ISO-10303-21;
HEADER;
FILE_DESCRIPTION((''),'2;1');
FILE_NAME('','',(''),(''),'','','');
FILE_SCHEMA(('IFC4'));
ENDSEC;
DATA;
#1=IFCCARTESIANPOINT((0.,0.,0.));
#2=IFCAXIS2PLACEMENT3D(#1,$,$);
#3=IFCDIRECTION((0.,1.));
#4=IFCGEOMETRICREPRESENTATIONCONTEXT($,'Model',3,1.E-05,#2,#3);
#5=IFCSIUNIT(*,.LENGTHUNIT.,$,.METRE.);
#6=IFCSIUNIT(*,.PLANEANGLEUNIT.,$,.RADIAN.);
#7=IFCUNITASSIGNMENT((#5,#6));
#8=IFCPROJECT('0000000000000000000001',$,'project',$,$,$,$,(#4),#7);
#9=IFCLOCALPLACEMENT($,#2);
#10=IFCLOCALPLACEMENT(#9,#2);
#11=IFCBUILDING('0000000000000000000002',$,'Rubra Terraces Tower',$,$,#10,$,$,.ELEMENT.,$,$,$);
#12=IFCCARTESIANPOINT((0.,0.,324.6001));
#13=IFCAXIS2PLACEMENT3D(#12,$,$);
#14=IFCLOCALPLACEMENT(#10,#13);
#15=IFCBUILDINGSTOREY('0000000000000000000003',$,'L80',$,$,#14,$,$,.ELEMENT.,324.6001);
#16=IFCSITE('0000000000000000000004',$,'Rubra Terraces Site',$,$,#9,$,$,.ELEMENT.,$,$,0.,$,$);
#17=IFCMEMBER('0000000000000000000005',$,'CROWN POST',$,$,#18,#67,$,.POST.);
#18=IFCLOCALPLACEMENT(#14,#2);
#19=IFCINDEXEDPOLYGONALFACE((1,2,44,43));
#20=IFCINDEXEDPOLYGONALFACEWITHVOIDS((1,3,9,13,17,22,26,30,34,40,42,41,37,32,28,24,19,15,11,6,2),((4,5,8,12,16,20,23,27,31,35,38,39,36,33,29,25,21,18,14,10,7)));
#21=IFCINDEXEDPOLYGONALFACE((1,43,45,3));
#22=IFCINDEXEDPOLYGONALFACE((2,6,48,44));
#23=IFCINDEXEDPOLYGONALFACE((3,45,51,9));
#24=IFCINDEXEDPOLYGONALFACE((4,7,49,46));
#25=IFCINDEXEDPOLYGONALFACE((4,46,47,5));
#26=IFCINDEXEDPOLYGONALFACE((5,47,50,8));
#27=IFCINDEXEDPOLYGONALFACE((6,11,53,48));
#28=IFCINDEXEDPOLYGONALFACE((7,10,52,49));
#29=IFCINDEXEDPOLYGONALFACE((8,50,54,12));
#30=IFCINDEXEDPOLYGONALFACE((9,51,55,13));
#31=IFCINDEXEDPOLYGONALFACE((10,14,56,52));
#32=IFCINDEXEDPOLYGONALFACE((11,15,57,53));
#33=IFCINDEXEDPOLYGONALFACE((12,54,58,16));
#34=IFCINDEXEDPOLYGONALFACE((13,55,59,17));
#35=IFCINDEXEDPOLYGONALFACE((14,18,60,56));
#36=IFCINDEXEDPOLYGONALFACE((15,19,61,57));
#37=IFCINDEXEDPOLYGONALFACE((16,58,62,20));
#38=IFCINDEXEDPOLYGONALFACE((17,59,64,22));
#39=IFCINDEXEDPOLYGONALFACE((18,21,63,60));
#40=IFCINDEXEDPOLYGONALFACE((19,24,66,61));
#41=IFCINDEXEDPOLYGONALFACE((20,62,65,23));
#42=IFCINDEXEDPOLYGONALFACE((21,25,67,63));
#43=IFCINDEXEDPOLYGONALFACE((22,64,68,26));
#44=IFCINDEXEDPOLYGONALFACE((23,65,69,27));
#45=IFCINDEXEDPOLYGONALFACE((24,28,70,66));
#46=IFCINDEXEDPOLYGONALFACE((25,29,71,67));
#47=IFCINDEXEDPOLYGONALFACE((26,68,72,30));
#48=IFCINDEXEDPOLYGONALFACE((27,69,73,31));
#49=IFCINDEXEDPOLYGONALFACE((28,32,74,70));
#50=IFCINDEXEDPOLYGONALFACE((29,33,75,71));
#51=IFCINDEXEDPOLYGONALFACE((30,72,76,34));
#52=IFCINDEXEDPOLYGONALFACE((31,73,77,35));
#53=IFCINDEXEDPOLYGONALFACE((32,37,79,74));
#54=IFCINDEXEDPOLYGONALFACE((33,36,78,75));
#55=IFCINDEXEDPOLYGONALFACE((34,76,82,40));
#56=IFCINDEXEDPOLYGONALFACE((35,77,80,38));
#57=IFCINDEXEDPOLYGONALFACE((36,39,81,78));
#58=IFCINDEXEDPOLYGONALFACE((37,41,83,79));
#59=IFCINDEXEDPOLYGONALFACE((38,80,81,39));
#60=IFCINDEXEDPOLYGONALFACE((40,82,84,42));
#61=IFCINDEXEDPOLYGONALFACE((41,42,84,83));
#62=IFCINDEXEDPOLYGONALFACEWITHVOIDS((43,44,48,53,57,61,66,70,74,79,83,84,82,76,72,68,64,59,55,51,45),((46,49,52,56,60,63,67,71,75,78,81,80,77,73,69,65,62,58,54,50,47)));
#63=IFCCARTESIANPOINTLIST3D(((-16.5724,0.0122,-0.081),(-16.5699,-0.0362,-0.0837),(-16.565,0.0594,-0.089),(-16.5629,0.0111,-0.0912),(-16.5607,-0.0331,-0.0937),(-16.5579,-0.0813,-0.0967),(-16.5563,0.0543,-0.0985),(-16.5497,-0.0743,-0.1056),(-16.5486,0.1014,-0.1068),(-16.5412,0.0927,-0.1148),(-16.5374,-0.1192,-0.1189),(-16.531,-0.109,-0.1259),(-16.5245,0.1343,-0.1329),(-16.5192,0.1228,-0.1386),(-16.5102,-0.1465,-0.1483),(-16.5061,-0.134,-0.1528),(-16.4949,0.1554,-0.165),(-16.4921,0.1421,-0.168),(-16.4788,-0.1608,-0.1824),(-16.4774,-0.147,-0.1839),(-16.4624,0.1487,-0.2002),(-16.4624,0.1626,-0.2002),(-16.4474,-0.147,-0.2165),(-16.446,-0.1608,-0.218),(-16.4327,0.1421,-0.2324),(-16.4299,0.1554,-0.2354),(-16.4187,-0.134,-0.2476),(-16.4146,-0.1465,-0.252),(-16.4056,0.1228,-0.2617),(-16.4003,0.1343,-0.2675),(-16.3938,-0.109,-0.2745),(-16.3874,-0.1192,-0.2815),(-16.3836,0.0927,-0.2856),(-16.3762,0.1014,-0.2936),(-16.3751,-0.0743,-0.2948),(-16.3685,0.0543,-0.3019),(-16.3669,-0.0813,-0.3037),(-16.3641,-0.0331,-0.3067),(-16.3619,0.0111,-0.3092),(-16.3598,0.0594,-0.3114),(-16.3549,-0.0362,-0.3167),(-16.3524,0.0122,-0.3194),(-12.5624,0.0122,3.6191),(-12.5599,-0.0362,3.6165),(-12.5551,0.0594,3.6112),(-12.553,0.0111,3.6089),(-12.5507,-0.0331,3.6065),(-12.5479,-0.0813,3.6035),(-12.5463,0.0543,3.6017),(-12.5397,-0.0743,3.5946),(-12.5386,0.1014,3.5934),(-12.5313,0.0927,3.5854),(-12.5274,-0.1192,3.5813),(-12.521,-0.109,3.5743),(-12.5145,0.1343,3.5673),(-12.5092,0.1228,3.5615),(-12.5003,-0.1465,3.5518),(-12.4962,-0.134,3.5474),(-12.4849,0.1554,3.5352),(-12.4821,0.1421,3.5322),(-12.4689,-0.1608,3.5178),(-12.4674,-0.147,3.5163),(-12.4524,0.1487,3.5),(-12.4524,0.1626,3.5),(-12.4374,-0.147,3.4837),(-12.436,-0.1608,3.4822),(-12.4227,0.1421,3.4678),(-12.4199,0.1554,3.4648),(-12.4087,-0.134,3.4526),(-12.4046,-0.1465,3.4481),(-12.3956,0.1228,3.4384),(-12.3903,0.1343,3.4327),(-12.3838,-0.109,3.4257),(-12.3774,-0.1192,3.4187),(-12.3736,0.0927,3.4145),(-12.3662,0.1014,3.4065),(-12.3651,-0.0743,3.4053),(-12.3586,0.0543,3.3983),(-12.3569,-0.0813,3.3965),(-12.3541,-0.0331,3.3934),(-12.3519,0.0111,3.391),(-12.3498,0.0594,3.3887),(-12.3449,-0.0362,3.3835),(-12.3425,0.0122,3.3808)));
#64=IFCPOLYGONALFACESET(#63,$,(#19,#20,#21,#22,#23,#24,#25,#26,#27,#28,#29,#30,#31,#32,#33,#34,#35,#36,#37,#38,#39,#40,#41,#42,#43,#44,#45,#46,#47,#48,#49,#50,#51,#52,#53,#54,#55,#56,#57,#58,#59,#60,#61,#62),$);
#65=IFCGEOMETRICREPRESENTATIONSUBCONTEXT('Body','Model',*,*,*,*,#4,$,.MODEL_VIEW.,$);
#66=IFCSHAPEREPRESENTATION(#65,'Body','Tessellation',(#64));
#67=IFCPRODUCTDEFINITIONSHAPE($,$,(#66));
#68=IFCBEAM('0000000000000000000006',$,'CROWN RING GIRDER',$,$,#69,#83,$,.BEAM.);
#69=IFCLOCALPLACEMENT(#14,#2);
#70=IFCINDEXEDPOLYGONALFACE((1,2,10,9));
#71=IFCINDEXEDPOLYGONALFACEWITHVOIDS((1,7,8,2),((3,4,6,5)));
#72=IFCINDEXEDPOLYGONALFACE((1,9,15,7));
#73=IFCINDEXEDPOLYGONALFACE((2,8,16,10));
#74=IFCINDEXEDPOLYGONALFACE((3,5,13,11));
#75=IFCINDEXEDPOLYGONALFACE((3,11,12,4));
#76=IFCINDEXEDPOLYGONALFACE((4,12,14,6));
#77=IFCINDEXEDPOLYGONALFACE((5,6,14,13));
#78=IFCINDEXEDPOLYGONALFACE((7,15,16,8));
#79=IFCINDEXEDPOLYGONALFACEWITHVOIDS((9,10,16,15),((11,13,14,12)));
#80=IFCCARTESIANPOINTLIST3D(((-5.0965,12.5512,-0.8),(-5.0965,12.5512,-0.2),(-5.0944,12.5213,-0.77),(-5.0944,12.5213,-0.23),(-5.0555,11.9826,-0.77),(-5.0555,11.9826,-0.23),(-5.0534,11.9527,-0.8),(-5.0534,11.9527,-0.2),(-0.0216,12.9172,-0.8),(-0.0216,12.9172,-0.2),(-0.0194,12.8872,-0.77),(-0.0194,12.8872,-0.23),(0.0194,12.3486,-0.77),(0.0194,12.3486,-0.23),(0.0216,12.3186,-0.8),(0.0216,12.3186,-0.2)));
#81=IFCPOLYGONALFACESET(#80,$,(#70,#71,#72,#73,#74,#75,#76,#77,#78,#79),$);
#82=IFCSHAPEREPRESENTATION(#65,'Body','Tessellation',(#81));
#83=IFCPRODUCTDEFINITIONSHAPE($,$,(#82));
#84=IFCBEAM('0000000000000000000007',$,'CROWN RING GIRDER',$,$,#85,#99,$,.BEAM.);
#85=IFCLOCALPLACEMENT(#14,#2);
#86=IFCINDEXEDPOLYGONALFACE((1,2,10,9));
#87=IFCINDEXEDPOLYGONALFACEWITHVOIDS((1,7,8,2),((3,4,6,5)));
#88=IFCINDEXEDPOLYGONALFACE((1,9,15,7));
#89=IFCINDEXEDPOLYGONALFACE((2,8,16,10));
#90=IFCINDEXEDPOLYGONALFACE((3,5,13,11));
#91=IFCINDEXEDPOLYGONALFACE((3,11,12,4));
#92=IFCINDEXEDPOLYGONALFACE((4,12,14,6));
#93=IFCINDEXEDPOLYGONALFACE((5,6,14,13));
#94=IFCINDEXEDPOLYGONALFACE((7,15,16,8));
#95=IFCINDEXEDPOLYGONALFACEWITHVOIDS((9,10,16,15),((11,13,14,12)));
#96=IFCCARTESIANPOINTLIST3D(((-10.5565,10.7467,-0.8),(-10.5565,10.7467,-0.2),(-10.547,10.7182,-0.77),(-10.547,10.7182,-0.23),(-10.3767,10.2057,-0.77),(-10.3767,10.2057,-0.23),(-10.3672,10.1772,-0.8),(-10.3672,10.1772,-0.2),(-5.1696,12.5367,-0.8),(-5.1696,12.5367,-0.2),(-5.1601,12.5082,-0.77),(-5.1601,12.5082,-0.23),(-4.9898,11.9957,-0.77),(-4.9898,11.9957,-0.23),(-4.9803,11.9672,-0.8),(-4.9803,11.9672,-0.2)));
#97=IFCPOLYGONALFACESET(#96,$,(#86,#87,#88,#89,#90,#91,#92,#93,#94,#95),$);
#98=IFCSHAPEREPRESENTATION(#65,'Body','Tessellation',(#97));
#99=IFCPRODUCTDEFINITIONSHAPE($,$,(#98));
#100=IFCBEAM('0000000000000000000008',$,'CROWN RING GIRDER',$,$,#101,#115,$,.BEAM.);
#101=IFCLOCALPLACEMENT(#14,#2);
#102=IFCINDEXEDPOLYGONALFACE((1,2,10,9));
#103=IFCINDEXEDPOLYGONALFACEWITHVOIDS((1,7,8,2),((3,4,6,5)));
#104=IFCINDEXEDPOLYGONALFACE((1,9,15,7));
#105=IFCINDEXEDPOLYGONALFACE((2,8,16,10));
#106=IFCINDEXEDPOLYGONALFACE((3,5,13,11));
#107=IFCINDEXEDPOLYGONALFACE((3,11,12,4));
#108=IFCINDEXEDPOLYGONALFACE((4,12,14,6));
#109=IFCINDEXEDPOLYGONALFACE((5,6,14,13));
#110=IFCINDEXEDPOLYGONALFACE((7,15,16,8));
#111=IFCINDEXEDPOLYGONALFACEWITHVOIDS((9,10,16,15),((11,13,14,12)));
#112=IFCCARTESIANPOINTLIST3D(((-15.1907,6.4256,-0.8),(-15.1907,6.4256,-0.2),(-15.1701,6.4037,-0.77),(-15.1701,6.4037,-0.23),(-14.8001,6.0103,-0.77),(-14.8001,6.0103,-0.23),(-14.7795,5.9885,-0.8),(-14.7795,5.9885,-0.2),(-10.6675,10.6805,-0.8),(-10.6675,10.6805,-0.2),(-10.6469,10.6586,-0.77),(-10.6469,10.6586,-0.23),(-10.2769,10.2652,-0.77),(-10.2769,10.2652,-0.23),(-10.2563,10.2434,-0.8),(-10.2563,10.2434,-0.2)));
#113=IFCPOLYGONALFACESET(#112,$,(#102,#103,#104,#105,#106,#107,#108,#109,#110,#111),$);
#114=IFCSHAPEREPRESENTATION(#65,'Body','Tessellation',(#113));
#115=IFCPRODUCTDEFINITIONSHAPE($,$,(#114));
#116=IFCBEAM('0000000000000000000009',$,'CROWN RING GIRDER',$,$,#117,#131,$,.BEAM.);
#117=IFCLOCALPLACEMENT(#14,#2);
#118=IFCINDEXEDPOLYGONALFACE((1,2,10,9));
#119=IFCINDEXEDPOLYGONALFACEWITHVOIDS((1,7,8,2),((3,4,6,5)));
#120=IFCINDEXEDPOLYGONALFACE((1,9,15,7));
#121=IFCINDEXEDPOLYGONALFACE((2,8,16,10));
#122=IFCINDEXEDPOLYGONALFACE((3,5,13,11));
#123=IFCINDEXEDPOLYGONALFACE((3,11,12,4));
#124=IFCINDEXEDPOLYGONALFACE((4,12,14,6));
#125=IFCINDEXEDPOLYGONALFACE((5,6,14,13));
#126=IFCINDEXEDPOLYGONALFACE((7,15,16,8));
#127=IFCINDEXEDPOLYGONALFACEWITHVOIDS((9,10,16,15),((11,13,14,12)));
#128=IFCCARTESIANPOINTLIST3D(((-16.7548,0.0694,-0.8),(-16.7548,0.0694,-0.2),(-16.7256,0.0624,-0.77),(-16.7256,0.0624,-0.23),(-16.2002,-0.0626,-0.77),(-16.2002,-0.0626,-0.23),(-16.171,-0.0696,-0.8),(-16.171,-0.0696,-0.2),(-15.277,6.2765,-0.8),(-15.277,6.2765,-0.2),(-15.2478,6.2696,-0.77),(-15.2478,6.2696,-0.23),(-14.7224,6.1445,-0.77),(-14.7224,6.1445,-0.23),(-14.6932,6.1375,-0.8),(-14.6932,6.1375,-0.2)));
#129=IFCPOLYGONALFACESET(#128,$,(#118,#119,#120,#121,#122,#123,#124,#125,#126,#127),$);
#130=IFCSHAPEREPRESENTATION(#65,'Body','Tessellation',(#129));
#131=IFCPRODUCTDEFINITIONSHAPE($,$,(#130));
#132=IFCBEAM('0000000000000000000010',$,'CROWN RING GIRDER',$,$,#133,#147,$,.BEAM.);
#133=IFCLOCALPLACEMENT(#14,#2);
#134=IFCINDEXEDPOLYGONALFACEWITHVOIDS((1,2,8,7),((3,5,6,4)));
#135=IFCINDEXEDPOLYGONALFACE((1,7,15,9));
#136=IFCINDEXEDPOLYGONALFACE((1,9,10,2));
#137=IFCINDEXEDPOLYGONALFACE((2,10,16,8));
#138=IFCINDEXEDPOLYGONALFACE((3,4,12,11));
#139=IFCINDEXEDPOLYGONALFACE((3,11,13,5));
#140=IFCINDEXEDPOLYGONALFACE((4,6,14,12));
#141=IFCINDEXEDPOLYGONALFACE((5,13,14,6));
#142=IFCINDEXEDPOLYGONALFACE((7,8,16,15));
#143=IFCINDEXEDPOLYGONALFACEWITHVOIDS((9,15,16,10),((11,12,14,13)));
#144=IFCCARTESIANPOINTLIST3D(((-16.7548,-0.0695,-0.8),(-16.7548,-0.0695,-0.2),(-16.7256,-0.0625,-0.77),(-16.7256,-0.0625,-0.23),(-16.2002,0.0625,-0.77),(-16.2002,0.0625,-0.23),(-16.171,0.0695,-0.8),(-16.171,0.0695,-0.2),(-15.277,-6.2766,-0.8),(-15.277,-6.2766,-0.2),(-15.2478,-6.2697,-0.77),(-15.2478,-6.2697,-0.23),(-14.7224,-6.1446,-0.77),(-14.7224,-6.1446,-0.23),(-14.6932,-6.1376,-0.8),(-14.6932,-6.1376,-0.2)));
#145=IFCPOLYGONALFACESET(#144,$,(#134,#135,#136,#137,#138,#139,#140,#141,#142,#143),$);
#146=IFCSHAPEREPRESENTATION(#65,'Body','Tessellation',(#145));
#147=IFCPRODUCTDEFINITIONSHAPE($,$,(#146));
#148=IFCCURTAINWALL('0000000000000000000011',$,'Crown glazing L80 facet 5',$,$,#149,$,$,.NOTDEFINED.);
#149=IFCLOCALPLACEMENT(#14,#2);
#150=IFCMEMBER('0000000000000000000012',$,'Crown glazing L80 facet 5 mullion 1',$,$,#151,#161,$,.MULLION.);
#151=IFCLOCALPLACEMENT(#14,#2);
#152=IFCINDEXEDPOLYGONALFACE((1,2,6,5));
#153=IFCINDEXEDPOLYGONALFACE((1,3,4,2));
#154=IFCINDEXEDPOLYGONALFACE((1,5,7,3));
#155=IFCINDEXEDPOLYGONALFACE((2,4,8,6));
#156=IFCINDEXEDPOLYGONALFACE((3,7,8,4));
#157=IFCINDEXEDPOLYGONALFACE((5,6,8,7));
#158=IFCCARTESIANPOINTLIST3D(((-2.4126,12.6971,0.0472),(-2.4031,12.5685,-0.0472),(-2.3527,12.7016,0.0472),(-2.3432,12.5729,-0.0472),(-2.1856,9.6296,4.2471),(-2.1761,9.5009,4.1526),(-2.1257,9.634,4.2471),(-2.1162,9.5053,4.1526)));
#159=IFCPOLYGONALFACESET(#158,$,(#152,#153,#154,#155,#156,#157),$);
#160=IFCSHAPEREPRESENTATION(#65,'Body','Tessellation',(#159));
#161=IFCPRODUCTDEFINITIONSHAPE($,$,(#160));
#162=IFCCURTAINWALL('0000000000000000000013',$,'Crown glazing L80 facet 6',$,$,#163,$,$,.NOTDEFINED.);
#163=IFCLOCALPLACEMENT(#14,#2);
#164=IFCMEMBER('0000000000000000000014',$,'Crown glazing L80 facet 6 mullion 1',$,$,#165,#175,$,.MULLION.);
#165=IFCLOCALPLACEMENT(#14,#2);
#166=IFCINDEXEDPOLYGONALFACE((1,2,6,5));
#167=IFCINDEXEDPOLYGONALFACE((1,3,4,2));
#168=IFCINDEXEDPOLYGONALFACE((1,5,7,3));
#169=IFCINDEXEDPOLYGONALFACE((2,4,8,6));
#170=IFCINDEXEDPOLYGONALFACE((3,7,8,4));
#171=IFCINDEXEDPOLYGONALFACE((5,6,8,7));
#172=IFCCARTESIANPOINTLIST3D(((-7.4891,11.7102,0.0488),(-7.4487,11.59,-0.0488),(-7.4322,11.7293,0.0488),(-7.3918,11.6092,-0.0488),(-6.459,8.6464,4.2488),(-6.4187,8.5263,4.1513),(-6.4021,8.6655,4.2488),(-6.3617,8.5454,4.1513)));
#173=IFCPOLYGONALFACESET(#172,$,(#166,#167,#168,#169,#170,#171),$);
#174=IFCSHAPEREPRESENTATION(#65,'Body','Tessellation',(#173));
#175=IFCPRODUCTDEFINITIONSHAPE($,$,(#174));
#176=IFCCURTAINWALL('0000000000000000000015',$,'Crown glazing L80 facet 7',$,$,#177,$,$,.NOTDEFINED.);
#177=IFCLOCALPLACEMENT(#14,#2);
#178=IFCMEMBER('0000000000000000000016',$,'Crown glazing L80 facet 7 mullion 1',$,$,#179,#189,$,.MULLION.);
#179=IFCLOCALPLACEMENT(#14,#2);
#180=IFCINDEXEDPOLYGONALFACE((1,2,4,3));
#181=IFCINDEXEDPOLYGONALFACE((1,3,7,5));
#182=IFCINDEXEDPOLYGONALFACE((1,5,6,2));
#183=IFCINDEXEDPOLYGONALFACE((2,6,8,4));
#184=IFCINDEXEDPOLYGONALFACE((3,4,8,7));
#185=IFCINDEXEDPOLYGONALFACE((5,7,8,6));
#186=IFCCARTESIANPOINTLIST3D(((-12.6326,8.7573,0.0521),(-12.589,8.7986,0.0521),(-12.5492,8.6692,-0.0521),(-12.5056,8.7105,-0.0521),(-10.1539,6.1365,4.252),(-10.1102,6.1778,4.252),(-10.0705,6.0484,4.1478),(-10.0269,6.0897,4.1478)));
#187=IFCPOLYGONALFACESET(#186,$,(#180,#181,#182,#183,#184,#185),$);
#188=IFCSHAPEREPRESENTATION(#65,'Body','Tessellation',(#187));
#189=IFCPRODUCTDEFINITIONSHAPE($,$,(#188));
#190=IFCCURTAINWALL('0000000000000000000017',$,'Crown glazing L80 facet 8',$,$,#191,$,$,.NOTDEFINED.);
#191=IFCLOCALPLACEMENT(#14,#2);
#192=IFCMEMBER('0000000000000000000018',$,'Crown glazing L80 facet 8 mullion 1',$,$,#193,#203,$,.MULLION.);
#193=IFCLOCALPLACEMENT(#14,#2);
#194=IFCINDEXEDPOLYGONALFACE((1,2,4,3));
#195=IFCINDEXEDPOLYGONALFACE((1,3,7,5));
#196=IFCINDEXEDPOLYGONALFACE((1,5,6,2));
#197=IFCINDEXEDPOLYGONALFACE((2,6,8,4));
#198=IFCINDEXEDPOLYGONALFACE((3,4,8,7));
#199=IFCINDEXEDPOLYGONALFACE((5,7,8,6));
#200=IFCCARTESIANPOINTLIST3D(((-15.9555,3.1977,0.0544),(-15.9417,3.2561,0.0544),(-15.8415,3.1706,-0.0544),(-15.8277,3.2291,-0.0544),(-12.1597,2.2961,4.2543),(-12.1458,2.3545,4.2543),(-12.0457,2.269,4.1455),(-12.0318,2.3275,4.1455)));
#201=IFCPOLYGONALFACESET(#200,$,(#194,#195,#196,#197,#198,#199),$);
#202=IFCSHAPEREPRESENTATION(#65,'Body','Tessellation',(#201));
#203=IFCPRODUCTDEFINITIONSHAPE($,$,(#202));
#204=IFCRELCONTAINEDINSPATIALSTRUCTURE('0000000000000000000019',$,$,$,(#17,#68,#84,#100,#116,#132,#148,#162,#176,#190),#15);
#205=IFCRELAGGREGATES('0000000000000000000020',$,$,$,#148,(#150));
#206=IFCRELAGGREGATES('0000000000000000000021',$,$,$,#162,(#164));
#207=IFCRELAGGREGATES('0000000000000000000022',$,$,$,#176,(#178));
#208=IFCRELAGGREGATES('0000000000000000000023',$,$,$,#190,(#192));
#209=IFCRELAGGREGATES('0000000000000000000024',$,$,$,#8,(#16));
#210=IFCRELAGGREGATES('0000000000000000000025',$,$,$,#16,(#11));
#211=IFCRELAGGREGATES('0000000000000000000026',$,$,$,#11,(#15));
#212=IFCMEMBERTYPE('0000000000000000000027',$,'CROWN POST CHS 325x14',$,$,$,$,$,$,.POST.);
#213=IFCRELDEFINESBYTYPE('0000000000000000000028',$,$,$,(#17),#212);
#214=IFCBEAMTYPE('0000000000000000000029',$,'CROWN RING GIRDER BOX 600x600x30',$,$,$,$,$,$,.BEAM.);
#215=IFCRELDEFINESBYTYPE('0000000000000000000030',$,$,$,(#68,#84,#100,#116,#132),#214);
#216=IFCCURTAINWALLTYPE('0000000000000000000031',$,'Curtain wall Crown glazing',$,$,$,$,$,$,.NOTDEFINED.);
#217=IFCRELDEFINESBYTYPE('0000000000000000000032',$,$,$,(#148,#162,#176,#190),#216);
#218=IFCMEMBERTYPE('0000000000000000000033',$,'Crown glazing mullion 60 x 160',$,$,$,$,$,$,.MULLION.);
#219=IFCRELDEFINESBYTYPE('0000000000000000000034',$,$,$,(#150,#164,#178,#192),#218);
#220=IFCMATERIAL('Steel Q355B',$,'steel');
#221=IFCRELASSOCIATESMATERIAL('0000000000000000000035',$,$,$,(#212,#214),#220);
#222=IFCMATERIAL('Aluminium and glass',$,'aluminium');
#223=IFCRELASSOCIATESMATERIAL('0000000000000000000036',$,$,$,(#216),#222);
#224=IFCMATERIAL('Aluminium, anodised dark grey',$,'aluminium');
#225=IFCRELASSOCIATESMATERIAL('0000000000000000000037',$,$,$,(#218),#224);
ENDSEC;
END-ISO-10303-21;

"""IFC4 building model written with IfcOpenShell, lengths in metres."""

from ifc_helpers import new_model, si_unit, direction, frame, origin, origin_2d, place, context, subcontext, project, spatial, rectangle, hollow_rectangle, hollow_circle, extrude, material, material_profile, profile_set, type_object, element, aggregate, save


model = new_model("IFC4")

# Units and contexts
model_context = context("Model", 3, precision=1e-05, world=origin(), true_north=direction((0.0, 1.0)))
body_context = subcontext(model_context, "Body", "Model", "MODEL_VIEW")
ifc_project = project(units=[si_unit("LENGTHUNIT", "METRE"), si_unit("PLANEANGLEUNIT", "RADIAN")], contexts=[model_context])

# Site, building, storey
site_placement = place(None, origin())
site = spatial("IfcSite", under=ifc_project, at=site_placement, Name="Rubra Terraces Site", CompositionType="ELEMENT", RefElevation=0.0)
building_placement = place(site_placement, origin())
building = spatial("IfcBuilding", under=site, at=building_placement, Name="Rubra Terraces Tower", CompositionType="ELEMENT")
storey_placement = place(building_placement, frame((0.0, 0.0, 324.6001)))
storey = spatial("IfcBuildingStorey", under=building, at=storey_placement, Name="L80", CompositionType="ELEMENT", Elevation=324.6001)

# Member
ifc_material_1 = material(Name="Steel Q355B", Category="steel")
ifc_material_profile_1 = material_profile(ifc_material_1, hollow_circle(Radius=0.1626, WallThickness=0.0139, at=origin_2d()), Name="CHS 325x14")
ifc_profile_set_1 = profile_set([ifc_material_profile_1], Name="Steel Q355B")
member_type_1 = type_object("IfcMemberType", Name="CROWN POST CHS 325x14", PredefinedType="POST", material=ifc_profile_set_1)
member_1_placement = place(storey_placement, frame((-16.4624, 0.0, -0.2002), z_axis=(0.734927, 0.0, 0.678146), x_axis=(0.0, 1.0, 0.0)))
element("IfcMember", 1, at=member_1_placement, inside=storey, type_object=member_type_1, Name="CROWN POST", PredefinedType="POST", context=body_context, shape_type="SweptSolid", body=[
    extrude(hollow_circle(Radius=0.1626, WallThickness=0.0139, at=origin_2d()), origin(), (0.0, 0.0, 1.0), 5.4563),
])

# Beams
ifc_material_profile_2 = material_profile(ifc_material_1, hollow_rectangle(XDim=0.6001, YDim=0.6001, WallThickness=0.03, at=origin_2d()), Name="BOX 600x600x30")
ifc_profile_set_2 = profile_set([ifc_material_profile_2], Name="Steel Q355B")
beam_type_1 = type_object("IfcBeamType", Name="CROWN RING GIRDER BOX 600x600x30", PredefinedType="BEAM", material=ifc_profile_set_2)
beam_1_placement = place(storey_placement, frame((0.0, 12.6179, -0.5), z_axis=(-0.99741, -0.071926, 0.0), x_axis=(0.071926, -0.99741, 0.0)))
element("IfcBeam", 2, at=beam_1_placement, inside=storey, type_object=beam_type_1, Name="CROWN RING GIRDER", PredefinedType="BEAM", context=body_context, shape_type="SweptSolid", body=[
    extrude(hollow_rectangle(XDim=0.6001, YDim=0.6001, WallThickness=0.03, at=origin_2d()), origin(), (0.0, 0.0, 1.0), 5.0881),
])
beam_2_placement = place(storey_placement, frame((-5.075, 12.252, -0.5), z_axis=(-0.94898, -0.315337, 0.0), x_axis=(0.315337, -0.94898, 0.0)))
element("IfcBeam", 3, at=beam_2_placement, inside=storey, type_object=beam_type_1, Name="CROWN RING GIRDER", PredefinedType="BEAM", context=body_context, shape_type="SweptSolid", body=[
    extrude(hollow_rectangle(XDim=0.6001, YDim=0.6001, WallThickness=0.03, at=origin_2d()), origin(), (0.0, 0.0, 1.0), 5.6765),
])
beam_3_placement = place(storey_placement, frame((-10.4619, 10.4619, -0.5), z_axis=(-0.72838, -0.685173, 0.0), x_axis=(0.685173, -0.72838, 0.0)))
element("IfcBeam", 4, at=beam_3_placement, inside=storey, type_object=beam_type_1, Name="CROWN RING GIRDER", PredefinedType="BEAM", context=body_context, shape_type="SweptSolid", body=[
    extrude(hollow_rectangle(XDim=0.6001, YDim=0.6001, WallThickness=0.03, at=origin_2d()), origin(), (0.0, 0.0, 1.0), 6.21),
])
for number, where, z_axis, x_axis, name in (
    (5, (-14.9851, 6.207, -0.5), (-0.231608, -0.972809, 0.0), (0.972809, -0.231608, 0.0), "CROWN RING GIRDER"),
    (6, (-16.4629, 0.0, -0.5), (0.231608, -0.972809, 0.0), (0.972809, 0.231608, 0.0), "CROWN RING GIRDER"),
):
    element("IfcBeam", number, at=place(storey_placement, frame(where, z_axis=z_axis, x_axis=x_axis)), inside=storey, type_object=beam_type_1, Name=name, PredefinedType="BEAM", context=body_context, shape_type="SweptSolid", body=[
        extrude(hollow_rectangle(XDim=0.6001, YDim=0.6001, WallThickness=0.03, at=origin_2d()), origin(), (0.0, 0.0, 1.0), 6.3806),
    ])

# Curtain walls, members
ifc_material_2 = material(Name="Aluminium and glass", Category="aluminium")
curtain_wall_type = type_object("IfcCurtainWallType", Name="Curtain wall Crown glazing", PredefinedType="NOTDEFINED", material=ifc_material_2)
curtain_wall_1_placement = place(storey_placement, origin())
curtain_wall_1 = element("IfcCurtainWall", 7, at=curtain_wall_1_placement, inside=storey, type_object=curtain_wall_type, Name="Crown glazing L80 facet 5", PredefinedType="NOTDEFINED")
ifc_material_3 = material(Name="Aluminium, anodised dark grey", Category="aluminium")
ifc_material_profile_3 = material_profile(ifc_material_3, rectangle(XDim=0.0601, YDim=0.1599, at=origin_2d()), Name="AL 60x160")
ifc_profile_set_3 = profile_set([ifc_material_profile_3], Name="Aluminium, anodised dark grey")
member_type_2 = type_object("IfcMemberType", Name="Crown glazing mullion 60 x 160", PredefinedType="MULLION", material=ifc_profile_set_3)
member_2_placement = place(storey_placement, frame((-2.3779, 12.635, 0.0), z_axis=(0.043614, -0.589259, 0.806766), x_axis=(0.997272, 0.073813, 0.0)))
member_2 = element("IfcMember", 8, at=member_2_placement, type_object=member_type_2, Name="Crown glazing L80 facet 5 mullion 1", PredefinedType="MULLION", context=body_context, shape_type="SweptSolid", body=[
    extrude(rectangle(XDim=0.0601, YDim=0.1599, at=origin_2d()), origin(), (0.0, 0.0, 1.0), 5.2058),
])
curtain_wall_2_placement = place(storey_placement, origin())
curtain_wall_2 = element("IfcCurtainWall", 9, at=curtain_wall_2_placement, inside=storey, type_object=curtain_wall_type, Name="Crown glazing L80 facet 6", PredefinedType="NOTDEFINED")
member_3_placement = place(storey_placement, frame((-7.4404, 11.6597, 0.0), z_axis=(0.194356, -0.578092, 0.792487), x_axis=(0.947864, 0.318674, 0.0)))
member_3 = element("IfcMember", 10, at=member_3_placement, type_object=member_type_2, Name="Crown glazing L80 facet 6 mullion 1", PredefinedType="MULLION", context=body_context, shape_type="SweptSolid", body=[
    extrude(rectangle(XDim=0.0601, YDim=0.1599, at=origin_2d()), origin(), (0.0, 0.0, 1.0), 5.2998),
])
curtain_wall_3_placement = place(storey_placement, origin())
curtain_wall_3 = element("IfcCurtainWall", 11, at=curtain_wall_3_placement, inside=storey, type_object=curtain_wall_type, Name="Crown glazing L80 facet 7", PredefinedType="NOTDEFINED")
member_4_placement = place(storey_placement, frame((-12.5691, 8.7339, 0.0), z_axis=(0.447713, -0.473378, 0.758595), x_axis=(0.726527, 0.687138, 0.0)))
member_4 = element("IfcMember", 12, at=member_4_placement, type_object=member_type_2, Name="Crown glazing L80 facet 7 mullion 1", PredefinedType="MULLION", context=body_context, shape_type="SweptSolid", body=[
    extrude(rectangle(XDim=0.0601, YDim=0.1599, at=origin_2d()), origin(), (0.0, 0.0, 1.0), 5.5364),
])
curtain_wall_4_placement = place(storey_placement, origin())
curtain_wall_4 = element("IfcCurtainWall", 13, at=curtain_wall_4_placement, inside=storey, type_object=curtain_wall_type, Name="Crown glazing L80 facet 8", PredefinedType="NOTDEFINED")
member_5_placement = place(storey_placement, frame((-15.8916, 3.2134, 0.0), z_axis=(0.662174, -0.157281, 0.732659), x_axis=(0.231093, 0.972932, 0.0)))
member_5 = element("IfcMember", 14, at=member_5_placement, type_object=member_type_2, Name="Crown glazing L80 facet 8 mullion 1", PredefinedType="MULLION", context=body_context, shape_type="SweptSolid", body=[
    extrude(rectangle(XDim=0.0601, YDim=0.1599, at=origin_2d()), origin(), (0.0, 0.0, 1.0), 5.7324),
])

aggregate(curtain_wall_1, [member_2])
aggregate(curtain_wall_2, [member_3])
aggregate(curtain_wall_3, [member_4])
aggregate(curtain_wall_4, [member_5])

save(model, "model.ifc")
